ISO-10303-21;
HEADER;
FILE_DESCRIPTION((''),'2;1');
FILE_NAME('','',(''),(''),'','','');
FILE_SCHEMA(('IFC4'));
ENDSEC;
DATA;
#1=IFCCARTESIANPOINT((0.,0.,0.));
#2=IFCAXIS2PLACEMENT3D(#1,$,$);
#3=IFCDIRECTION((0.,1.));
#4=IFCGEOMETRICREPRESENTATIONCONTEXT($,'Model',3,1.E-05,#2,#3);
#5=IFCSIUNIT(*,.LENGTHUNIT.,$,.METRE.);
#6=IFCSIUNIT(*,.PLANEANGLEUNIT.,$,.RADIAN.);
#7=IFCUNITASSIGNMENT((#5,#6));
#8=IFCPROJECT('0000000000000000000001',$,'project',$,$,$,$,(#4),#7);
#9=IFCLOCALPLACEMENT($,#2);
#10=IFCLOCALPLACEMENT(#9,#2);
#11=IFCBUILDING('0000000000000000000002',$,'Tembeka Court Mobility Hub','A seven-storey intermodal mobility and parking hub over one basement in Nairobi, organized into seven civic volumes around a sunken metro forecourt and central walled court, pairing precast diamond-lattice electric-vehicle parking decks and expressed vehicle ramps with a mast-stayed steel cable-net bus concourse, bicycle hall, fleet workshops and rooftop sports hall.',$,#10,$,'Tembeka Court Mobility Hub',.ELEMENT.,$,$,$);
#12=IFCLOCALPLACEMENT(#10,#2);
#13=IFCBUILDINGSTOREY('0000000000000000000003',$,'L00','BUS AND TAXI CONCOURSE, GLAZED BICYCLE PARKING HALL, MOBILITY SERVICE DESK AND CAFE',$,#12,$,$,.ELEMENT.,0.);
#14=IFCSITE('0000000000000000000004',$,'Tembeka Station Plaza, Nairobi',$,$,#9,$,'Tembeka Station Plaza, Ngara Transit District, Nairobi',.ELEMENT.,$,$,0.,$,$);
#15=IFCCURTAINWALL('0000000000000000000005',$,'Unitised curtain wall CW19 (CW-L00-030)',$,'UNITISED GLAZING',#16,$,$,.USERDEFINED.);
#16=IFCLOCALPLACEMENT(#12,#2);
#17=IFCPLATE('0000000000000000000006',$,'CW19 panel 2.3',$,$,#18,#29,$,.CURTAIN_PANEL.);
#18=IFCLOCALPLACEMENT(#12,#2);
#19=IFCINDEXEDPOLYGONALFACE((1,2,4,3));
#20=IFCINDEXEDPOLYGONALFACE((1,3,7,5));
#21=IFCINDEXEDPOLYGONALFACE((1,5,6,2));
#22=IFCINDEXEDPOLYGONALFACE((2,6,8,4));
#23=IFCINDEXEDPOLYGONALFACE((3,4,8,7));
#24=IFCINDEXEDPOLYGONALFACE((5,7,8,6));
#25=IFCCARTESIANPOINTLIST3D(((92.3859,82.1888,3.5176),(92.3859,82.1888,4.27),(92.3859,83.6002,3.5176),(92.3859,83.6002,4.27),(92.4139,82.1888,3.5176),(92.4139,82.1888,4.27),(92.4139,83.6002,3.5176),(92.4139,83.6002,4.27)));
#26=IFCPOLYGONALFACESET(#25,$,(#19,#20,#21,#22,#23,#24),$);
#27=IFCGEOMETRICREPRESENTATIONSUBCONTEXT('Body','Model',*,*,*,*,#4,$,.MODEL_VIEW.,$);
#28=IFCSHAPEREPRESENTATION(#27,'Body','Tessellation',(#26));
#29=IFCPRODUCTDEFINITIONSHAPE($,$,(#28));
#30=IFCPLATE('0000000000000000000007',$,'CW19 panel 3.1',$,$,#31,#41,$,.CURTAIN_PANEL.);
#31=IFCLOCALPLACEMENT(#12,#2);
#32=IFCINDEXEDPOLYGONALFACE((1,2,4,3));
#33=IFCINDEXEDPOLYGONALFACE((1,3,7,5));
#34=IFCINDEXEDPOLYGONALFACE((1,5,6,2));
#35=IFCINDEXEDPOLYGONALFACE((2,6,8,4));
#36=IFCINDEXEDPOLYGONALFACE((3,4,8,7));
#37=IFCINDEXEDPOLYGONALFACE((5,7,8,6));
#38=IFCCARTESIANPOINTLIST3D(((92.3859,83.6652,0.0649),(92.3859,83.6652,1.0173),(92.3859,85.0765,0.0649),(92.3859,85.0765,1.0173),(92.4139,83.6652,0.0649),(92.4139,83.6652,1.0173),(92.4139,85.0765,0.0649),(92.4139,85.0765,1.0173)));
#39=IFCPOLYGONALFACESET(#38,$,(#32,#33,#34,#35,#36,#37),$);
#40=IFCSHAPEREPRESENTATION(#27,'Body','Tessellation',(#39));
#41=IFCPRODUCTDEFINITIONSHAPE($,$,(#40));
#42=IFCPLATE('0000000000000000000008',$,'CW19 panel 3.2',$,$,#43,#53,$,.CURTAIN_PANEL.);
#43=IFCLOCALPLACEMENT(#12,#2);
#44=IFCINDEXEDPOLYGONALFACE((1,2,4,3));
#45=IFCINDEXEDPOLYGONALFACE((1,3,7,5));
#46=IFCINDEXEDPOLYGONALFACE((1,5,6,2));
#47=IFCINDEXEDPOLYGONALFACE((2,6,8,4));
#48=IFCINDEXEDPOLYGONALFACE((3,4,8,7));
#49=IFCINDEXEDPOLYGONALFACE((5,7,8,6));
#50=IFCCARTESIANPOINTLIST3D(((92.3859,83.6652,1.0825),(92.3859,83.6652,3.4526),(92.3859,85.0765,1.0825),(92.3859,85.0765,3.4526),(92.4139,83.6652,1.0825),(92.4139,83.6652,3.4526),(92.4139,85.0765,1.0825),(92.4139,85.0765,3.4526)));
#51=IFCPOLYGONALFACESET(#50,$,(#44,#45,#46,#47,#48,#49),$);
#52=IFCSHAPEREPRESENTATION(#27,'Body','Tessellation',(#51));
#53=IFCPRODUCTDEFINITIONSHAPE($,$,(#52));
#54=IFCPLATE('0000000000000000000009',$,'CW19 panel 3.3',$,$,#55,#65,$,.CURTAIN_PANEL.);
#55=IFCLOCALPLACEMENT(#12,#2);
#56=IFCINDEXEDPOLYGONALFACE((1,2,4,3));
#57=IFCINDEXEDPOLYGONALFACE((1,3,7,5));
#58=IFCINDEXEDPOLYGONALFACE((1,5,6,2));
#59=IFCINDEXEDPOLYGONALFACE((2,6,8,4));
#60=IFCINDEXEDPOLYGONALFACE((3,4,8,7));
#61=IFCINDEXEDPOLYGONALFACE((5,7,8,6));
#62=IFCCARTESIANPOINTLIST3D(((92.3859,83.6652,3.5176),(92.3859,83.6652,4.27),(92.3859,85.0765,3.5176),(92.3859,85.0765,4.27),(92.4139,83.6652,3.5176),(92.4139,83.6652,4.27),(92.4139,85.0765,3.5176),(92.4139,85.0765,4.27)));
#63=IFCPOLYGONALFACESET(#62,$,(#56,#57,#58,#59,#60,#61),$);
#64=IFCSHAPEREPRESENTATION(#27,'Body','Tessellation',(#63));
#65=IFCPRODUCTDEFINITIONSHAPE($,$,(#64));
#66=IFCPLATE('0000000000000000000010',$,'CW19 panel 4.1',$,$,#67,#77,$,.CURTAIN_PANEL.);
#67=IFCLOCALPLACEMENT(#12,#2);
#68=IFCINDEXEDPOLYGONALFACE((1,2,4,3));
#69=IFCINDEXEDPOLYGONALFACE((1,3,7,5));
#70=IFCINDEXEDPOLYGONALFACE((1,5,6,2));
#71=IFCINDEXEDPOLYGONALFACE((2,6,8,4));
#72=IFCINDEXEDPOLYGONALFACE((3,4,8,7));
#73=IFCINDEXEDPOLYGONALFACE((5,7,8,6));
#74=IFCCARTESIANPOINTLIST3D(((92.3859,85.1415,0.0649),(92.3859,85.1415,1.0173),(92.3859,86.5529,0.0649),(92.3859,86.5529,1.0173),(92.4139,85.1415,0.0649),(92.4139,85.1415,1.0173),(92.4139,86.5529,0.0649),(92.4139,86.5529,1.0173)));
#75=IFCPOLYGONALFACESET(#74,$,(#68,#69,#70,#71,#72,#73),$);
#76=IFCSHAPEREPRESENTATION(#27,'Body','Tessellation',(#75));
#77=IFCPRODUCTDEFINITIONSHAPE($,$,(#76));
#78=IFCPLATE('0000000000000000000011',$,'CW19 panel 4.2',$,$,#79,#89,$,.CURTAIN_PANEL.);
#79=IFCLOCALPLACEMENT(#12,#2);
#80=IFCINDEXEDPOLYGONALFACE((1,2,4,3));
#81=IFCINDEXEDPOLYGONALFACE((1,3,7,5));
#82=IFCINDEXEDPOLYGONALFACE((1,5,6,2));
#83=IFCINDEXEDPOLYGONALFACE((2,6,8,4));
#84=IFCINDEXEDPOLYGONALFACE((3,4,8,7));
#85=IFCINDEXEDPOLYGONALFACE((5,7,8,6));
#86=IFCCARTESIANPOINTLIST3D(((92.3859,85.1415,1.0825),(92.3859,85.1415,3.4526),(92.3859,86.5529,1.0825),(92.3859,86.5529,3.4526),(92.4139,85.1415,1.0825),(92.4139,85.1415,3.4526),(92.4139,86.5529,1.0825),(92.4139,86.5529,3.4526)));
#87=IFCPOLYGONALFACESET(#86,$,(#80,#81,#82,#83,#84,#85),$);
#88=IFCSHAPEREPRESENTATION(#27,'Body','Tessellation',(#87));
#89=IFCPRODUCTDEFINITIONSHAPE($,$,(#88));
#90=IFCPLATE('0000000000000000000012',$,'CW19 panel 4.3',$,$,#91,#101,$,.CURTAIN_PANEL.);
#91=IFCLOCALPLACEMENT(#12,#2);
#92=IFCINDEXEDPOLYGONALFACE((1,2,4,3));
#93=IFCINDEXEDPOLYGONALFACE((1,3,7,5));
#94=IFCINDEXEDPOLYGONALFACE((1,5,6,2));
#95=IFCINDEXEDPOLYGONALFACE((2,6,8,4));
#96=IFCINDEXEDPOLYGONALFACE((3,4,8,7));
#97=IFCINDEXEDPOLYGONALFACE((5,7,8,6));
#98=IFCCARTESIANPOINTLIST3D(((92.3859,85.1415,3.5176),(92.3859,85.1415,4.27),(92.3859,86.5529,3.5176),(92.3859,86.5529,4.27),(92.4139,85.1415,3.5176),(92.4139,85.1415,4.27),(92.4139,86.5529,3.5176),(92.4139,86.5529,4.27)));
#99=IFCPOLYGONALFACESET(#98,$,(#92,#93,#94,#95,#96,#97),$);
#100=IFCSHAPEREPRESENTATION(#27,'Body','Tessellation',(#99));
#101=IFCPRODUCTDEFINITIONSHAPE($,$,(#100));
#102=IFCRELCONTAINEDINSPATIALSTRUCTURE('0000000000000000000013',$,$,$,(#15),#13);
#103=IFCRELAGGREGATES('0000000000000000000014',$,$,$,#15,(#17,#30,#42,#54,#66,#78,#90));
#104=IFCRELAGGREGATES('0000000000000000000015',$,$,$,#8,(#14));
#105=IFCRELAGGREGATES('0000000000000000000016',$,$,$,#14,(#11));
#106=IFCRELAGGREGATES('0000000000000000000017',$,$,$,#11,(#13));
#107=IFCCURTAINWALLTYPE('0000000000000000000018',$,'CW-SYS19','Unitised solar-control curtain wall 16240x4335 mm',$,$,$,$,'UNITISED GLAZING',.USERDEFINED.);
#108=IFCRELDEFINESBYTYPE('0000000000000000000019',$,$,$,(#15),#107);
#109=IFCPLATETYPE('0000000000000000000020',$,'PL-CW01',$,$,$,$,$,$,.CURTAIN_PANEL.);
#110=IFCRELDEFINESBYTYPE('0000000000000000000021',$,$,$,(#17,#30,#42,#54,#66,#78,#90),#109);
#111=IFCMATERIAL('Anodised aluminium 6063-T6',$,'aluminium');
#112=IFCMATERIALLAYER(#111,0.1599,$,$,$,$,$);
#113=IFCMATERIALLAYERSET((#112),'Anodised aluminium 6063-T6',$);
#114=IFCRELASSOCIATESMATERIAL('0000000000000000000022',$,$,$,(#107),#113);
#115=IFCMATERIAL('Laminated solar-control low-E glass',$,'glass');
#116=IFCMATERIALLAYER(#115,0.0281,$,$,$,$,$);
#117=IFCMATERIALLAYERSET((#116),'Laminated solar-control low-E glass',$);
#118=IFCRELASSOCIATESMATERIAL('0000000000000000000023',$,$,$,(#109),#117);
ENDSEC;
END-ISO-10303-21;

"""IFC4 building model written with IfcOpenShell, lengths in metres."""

from ifc_helpers import new_model, si_unit, direction, frame, origin, origin_2d, place, context, subcontext, project, spatial, rectangle, extrude, material, layer, layer_set, type_object, element, aggregate, save


model = new_model("IFC4")

# Units and contexts
model_context = context("Model", 3, precision=1e-05, world=origin(), true_north=direction((0.0, 1.0)))
body_context = subcontext(model_context, "Body", "Model", "MODEL_VIEW")
ifc_project = project(units=[si_unit("LENGTHUNIT", "METRE"), si_unit("PLANEANGLEUNIT", "RADIAN")], contexts=[model_context])

# Site, building, storey
site_placement = place(None, origin())
site = spatial("IfcSite", under=ifc_project, at=site_placement, Name="Tembeka Station Plaza, Nairobi", LongName="Tembeka Station Plaza, Ngara Transit District, Nairobi", CompositionType="ELEMENT", RefElevation=0.0)
building_placement = place(site_placement, origin())
building = spatial("IfcBuilding", under=site, at=building_placement, Name="Tembeka Court Mobility Hub", Description="A seven-storey intermodal mobility and parking hub over one basement in Nairobi, organized into seven civic volumes around a sunken metro forecourt and central walled court, pairing precast diamond-lattice electric-vehicle parking decks and expressed vehicle ramps with a mast-stayed steel cable-net bus concourse, bicycle hall, fleet workshops and rooftop sports hall.", LongName="Tembeka Court Mobility Hub", CompositionType="ELEMENT")
storey_placement = place(building_placement, origin())
storey = spatial("IfcBuildingStorey", under=building, at=storey_placement, Name="L00", Description="BUS AND TAXI CONCOURSE, GLAZED BICYCLE PARKING HALL, MOBILITY SERVICE DESK AND CAFE", CompositionType="ELEMENT", Elevation=0.0)

# Curtain wall, plates
ifc_material_1 = material(Name="Anodised aluminium 6063-T6", Category="aluminium")
ifc_layer_1 = layer(ifc_material_1, 0.1599)
ifc_layer_set_1 = layer_set([ifc_layer_1], Name="Anodised aluminium 6063-T6")
curtain_wall_type = type_object("IfcCurtainWallType", Name="CW-SYS19", Description="Unitised solar-control curtain wall 16240x4335 mm", ElementType="UNITISED GLAZING", PredefinedType="USERDEFINED", material=ifc_layer_set_1)
curtain_wall_placement = place(storey_placement, origin())
curtain_wall = element("IfcCurtainWall", 1, at=curtain_wall_placement, inside=storey, type_object=curtain_wall_type, Name="Unitised curtain wall CW19 (CW-L00-030)", ObjectType="UNITISED GLAZING", PredefinedType="USERDEFINED")
ifc_material_2 = material(Name="Laminated solar-control low-E glass", Category="glass")
ifc_layer_2 = layer(ifc_material_2, 0.0281)
ifc_layer_set_2 = layer_set([ifc_layer_2], Name="Laminated solar-control low-E glass")
plate_type = type_object("IfcPlateType", Name="PL-CW01", PredefinedType="CURTAIN_PANEL", material=ifc_layer_set_2)
plate_1_placement = place(storey_placement, frame((92.3999, 82.8945, 3.5176), z_axis=(0.0, 0.0, 1.0), x_axis=(0.0, 1.0, 0.0)))
plate_1 = element("IfcPlate", 2, at=plate_1_placement, type_object=plate_type, Name="CW19 panel 2.3", PredefinedType="CURTAIN_PANEL", context=body_context, shape_type="SweptSolid", body=[
    extrude(rectangle(XDim=1.4114, YDim=0.0281, at=origin_2d()), origin(), (0.0, 0.0, 1.0), 0.7524),
])
plate_2_placement = place(storey_placement, frame((92.3999, 84.3708, 0.0649), z_axis=(0.0, 0.0, 1.0), x_axis=(0.0, 1.0, 0.0)))
plate_2 = element("IfcPlate", 3, at=plate_2_placement, type_object=plate_type, Name="CW19 panel 3.1", PredefinedType="CURTAIN_PANEL", context=body_context, shape_type="SweptSolid", body=[
    extrude(rectangle(XDim=1.4114, YDim=0.0281, at=origin_2d()), origin(), (0.0, 0.0, 1.0), 0.9524),
])
plate_3_placement = place(storey_placement, frame((92.3999, 84.3708, 1.0825), z_axis=(0.0, 0.0, 1.0), x_axis=(0.0, 1.0, 0.0)))
plate_3 = element("IfcPlate", 4, at=plate_3_placement, type_object=plate_type, Name="CW19 panel 3.2", PredefinedType="CURTAIN_PANEL", context=body_context, shape_type="SweptSolid", body=[
    extrude(rectangle(XDim=1.4114, YDim=0.0281, at=origin_2d()), origin(), (0.0, 0.0, 1.0), 2.3701),
])
plate_4_placement = place(storey_placement, frame((92.3999, 84.3708, 3.5176), z_axis=(0.0, 0.0, 1.0), x_axis=(0.0, 1.0, 0.0)))
plate_4 = element("IfcPlate", 5, at=plate_4_placement, type_object=plate_type, Name="CW19 panel 3.3", PredefinedType="CURTAIN_PANEL", context=body_context, shape_type="SweptSolid", body=[
    extrude(rectangle(XDim=1.4114, YDim=0.0281, at=origin_2d()), origin(), (0.0, 0.0, 1.0), 0.7524),
])
plate_5_placement = place(storey_placement, frame((92.3999, 85.8472, 0.0649), z_axis=(0.0, 0.0, 1.0), x_axis=(0.0, 1.0, 0.0)))
plate_5 = element("IfcPlate", 6, at=plate_5_placement, type_object=plate_type, Name="CW19 panel 4.1", PredefinedType="CURTAIN_PANEL", context=body_context, shape_type="SweptSolid", body=[
    extrude(rectangle(XDim=1.4114, YDim=0.0281, at=origin_2d()), origin(), (0.0, 0.0, 1.0), 0.9524),
])
plate_6_placement = place(storey_placement, frame((92.3999, 85.8472, 1.0825), z_axis=(0.0, 0.0, 1.0), x_axis=(0.0, 1.0, 0.0)))
plate_6 = element("IfcPlate", 7, at=plate_6_placement, type_object=plate_type, Name="CW19 panel 4.2", PredefinedType="CURTAIN_PANEL", context=body_context, shape_type="SweptSolid", body=[
    extrude(rectangle(XDim=1.4114, YDim=0.0281, at=origin_2d()), origin(), (0.0, 0.0, 1.0), 2.3701),
])
plate_7_placement = place(storey_placement, frame((92.3999, 85.8472, 3.5176), z_axis=(0.0, 0.0, 1.0), x_axis=(0.0, 1.0, 0.0)))
plate_7 = element("IfcPlate", 8, at=plate_7_placement, type_object=plate_type, Name="CW19 panel 4.3", PredefinedType="CURTAIN_PANEL", context=body_context, shape_type="SweptSolid", body=[
    extrude(rectangle(XDim=1.4114, YDim=0.0281, at=origin_2d()), origin(), (0.0, 0.0, 1.0), 0.7524),
])
aggregate(curtain_wall, [plate_1, plate_2, plate_3, plate_4, plate_5, plate_6, plate_7])

save(model, "model.ifc")
